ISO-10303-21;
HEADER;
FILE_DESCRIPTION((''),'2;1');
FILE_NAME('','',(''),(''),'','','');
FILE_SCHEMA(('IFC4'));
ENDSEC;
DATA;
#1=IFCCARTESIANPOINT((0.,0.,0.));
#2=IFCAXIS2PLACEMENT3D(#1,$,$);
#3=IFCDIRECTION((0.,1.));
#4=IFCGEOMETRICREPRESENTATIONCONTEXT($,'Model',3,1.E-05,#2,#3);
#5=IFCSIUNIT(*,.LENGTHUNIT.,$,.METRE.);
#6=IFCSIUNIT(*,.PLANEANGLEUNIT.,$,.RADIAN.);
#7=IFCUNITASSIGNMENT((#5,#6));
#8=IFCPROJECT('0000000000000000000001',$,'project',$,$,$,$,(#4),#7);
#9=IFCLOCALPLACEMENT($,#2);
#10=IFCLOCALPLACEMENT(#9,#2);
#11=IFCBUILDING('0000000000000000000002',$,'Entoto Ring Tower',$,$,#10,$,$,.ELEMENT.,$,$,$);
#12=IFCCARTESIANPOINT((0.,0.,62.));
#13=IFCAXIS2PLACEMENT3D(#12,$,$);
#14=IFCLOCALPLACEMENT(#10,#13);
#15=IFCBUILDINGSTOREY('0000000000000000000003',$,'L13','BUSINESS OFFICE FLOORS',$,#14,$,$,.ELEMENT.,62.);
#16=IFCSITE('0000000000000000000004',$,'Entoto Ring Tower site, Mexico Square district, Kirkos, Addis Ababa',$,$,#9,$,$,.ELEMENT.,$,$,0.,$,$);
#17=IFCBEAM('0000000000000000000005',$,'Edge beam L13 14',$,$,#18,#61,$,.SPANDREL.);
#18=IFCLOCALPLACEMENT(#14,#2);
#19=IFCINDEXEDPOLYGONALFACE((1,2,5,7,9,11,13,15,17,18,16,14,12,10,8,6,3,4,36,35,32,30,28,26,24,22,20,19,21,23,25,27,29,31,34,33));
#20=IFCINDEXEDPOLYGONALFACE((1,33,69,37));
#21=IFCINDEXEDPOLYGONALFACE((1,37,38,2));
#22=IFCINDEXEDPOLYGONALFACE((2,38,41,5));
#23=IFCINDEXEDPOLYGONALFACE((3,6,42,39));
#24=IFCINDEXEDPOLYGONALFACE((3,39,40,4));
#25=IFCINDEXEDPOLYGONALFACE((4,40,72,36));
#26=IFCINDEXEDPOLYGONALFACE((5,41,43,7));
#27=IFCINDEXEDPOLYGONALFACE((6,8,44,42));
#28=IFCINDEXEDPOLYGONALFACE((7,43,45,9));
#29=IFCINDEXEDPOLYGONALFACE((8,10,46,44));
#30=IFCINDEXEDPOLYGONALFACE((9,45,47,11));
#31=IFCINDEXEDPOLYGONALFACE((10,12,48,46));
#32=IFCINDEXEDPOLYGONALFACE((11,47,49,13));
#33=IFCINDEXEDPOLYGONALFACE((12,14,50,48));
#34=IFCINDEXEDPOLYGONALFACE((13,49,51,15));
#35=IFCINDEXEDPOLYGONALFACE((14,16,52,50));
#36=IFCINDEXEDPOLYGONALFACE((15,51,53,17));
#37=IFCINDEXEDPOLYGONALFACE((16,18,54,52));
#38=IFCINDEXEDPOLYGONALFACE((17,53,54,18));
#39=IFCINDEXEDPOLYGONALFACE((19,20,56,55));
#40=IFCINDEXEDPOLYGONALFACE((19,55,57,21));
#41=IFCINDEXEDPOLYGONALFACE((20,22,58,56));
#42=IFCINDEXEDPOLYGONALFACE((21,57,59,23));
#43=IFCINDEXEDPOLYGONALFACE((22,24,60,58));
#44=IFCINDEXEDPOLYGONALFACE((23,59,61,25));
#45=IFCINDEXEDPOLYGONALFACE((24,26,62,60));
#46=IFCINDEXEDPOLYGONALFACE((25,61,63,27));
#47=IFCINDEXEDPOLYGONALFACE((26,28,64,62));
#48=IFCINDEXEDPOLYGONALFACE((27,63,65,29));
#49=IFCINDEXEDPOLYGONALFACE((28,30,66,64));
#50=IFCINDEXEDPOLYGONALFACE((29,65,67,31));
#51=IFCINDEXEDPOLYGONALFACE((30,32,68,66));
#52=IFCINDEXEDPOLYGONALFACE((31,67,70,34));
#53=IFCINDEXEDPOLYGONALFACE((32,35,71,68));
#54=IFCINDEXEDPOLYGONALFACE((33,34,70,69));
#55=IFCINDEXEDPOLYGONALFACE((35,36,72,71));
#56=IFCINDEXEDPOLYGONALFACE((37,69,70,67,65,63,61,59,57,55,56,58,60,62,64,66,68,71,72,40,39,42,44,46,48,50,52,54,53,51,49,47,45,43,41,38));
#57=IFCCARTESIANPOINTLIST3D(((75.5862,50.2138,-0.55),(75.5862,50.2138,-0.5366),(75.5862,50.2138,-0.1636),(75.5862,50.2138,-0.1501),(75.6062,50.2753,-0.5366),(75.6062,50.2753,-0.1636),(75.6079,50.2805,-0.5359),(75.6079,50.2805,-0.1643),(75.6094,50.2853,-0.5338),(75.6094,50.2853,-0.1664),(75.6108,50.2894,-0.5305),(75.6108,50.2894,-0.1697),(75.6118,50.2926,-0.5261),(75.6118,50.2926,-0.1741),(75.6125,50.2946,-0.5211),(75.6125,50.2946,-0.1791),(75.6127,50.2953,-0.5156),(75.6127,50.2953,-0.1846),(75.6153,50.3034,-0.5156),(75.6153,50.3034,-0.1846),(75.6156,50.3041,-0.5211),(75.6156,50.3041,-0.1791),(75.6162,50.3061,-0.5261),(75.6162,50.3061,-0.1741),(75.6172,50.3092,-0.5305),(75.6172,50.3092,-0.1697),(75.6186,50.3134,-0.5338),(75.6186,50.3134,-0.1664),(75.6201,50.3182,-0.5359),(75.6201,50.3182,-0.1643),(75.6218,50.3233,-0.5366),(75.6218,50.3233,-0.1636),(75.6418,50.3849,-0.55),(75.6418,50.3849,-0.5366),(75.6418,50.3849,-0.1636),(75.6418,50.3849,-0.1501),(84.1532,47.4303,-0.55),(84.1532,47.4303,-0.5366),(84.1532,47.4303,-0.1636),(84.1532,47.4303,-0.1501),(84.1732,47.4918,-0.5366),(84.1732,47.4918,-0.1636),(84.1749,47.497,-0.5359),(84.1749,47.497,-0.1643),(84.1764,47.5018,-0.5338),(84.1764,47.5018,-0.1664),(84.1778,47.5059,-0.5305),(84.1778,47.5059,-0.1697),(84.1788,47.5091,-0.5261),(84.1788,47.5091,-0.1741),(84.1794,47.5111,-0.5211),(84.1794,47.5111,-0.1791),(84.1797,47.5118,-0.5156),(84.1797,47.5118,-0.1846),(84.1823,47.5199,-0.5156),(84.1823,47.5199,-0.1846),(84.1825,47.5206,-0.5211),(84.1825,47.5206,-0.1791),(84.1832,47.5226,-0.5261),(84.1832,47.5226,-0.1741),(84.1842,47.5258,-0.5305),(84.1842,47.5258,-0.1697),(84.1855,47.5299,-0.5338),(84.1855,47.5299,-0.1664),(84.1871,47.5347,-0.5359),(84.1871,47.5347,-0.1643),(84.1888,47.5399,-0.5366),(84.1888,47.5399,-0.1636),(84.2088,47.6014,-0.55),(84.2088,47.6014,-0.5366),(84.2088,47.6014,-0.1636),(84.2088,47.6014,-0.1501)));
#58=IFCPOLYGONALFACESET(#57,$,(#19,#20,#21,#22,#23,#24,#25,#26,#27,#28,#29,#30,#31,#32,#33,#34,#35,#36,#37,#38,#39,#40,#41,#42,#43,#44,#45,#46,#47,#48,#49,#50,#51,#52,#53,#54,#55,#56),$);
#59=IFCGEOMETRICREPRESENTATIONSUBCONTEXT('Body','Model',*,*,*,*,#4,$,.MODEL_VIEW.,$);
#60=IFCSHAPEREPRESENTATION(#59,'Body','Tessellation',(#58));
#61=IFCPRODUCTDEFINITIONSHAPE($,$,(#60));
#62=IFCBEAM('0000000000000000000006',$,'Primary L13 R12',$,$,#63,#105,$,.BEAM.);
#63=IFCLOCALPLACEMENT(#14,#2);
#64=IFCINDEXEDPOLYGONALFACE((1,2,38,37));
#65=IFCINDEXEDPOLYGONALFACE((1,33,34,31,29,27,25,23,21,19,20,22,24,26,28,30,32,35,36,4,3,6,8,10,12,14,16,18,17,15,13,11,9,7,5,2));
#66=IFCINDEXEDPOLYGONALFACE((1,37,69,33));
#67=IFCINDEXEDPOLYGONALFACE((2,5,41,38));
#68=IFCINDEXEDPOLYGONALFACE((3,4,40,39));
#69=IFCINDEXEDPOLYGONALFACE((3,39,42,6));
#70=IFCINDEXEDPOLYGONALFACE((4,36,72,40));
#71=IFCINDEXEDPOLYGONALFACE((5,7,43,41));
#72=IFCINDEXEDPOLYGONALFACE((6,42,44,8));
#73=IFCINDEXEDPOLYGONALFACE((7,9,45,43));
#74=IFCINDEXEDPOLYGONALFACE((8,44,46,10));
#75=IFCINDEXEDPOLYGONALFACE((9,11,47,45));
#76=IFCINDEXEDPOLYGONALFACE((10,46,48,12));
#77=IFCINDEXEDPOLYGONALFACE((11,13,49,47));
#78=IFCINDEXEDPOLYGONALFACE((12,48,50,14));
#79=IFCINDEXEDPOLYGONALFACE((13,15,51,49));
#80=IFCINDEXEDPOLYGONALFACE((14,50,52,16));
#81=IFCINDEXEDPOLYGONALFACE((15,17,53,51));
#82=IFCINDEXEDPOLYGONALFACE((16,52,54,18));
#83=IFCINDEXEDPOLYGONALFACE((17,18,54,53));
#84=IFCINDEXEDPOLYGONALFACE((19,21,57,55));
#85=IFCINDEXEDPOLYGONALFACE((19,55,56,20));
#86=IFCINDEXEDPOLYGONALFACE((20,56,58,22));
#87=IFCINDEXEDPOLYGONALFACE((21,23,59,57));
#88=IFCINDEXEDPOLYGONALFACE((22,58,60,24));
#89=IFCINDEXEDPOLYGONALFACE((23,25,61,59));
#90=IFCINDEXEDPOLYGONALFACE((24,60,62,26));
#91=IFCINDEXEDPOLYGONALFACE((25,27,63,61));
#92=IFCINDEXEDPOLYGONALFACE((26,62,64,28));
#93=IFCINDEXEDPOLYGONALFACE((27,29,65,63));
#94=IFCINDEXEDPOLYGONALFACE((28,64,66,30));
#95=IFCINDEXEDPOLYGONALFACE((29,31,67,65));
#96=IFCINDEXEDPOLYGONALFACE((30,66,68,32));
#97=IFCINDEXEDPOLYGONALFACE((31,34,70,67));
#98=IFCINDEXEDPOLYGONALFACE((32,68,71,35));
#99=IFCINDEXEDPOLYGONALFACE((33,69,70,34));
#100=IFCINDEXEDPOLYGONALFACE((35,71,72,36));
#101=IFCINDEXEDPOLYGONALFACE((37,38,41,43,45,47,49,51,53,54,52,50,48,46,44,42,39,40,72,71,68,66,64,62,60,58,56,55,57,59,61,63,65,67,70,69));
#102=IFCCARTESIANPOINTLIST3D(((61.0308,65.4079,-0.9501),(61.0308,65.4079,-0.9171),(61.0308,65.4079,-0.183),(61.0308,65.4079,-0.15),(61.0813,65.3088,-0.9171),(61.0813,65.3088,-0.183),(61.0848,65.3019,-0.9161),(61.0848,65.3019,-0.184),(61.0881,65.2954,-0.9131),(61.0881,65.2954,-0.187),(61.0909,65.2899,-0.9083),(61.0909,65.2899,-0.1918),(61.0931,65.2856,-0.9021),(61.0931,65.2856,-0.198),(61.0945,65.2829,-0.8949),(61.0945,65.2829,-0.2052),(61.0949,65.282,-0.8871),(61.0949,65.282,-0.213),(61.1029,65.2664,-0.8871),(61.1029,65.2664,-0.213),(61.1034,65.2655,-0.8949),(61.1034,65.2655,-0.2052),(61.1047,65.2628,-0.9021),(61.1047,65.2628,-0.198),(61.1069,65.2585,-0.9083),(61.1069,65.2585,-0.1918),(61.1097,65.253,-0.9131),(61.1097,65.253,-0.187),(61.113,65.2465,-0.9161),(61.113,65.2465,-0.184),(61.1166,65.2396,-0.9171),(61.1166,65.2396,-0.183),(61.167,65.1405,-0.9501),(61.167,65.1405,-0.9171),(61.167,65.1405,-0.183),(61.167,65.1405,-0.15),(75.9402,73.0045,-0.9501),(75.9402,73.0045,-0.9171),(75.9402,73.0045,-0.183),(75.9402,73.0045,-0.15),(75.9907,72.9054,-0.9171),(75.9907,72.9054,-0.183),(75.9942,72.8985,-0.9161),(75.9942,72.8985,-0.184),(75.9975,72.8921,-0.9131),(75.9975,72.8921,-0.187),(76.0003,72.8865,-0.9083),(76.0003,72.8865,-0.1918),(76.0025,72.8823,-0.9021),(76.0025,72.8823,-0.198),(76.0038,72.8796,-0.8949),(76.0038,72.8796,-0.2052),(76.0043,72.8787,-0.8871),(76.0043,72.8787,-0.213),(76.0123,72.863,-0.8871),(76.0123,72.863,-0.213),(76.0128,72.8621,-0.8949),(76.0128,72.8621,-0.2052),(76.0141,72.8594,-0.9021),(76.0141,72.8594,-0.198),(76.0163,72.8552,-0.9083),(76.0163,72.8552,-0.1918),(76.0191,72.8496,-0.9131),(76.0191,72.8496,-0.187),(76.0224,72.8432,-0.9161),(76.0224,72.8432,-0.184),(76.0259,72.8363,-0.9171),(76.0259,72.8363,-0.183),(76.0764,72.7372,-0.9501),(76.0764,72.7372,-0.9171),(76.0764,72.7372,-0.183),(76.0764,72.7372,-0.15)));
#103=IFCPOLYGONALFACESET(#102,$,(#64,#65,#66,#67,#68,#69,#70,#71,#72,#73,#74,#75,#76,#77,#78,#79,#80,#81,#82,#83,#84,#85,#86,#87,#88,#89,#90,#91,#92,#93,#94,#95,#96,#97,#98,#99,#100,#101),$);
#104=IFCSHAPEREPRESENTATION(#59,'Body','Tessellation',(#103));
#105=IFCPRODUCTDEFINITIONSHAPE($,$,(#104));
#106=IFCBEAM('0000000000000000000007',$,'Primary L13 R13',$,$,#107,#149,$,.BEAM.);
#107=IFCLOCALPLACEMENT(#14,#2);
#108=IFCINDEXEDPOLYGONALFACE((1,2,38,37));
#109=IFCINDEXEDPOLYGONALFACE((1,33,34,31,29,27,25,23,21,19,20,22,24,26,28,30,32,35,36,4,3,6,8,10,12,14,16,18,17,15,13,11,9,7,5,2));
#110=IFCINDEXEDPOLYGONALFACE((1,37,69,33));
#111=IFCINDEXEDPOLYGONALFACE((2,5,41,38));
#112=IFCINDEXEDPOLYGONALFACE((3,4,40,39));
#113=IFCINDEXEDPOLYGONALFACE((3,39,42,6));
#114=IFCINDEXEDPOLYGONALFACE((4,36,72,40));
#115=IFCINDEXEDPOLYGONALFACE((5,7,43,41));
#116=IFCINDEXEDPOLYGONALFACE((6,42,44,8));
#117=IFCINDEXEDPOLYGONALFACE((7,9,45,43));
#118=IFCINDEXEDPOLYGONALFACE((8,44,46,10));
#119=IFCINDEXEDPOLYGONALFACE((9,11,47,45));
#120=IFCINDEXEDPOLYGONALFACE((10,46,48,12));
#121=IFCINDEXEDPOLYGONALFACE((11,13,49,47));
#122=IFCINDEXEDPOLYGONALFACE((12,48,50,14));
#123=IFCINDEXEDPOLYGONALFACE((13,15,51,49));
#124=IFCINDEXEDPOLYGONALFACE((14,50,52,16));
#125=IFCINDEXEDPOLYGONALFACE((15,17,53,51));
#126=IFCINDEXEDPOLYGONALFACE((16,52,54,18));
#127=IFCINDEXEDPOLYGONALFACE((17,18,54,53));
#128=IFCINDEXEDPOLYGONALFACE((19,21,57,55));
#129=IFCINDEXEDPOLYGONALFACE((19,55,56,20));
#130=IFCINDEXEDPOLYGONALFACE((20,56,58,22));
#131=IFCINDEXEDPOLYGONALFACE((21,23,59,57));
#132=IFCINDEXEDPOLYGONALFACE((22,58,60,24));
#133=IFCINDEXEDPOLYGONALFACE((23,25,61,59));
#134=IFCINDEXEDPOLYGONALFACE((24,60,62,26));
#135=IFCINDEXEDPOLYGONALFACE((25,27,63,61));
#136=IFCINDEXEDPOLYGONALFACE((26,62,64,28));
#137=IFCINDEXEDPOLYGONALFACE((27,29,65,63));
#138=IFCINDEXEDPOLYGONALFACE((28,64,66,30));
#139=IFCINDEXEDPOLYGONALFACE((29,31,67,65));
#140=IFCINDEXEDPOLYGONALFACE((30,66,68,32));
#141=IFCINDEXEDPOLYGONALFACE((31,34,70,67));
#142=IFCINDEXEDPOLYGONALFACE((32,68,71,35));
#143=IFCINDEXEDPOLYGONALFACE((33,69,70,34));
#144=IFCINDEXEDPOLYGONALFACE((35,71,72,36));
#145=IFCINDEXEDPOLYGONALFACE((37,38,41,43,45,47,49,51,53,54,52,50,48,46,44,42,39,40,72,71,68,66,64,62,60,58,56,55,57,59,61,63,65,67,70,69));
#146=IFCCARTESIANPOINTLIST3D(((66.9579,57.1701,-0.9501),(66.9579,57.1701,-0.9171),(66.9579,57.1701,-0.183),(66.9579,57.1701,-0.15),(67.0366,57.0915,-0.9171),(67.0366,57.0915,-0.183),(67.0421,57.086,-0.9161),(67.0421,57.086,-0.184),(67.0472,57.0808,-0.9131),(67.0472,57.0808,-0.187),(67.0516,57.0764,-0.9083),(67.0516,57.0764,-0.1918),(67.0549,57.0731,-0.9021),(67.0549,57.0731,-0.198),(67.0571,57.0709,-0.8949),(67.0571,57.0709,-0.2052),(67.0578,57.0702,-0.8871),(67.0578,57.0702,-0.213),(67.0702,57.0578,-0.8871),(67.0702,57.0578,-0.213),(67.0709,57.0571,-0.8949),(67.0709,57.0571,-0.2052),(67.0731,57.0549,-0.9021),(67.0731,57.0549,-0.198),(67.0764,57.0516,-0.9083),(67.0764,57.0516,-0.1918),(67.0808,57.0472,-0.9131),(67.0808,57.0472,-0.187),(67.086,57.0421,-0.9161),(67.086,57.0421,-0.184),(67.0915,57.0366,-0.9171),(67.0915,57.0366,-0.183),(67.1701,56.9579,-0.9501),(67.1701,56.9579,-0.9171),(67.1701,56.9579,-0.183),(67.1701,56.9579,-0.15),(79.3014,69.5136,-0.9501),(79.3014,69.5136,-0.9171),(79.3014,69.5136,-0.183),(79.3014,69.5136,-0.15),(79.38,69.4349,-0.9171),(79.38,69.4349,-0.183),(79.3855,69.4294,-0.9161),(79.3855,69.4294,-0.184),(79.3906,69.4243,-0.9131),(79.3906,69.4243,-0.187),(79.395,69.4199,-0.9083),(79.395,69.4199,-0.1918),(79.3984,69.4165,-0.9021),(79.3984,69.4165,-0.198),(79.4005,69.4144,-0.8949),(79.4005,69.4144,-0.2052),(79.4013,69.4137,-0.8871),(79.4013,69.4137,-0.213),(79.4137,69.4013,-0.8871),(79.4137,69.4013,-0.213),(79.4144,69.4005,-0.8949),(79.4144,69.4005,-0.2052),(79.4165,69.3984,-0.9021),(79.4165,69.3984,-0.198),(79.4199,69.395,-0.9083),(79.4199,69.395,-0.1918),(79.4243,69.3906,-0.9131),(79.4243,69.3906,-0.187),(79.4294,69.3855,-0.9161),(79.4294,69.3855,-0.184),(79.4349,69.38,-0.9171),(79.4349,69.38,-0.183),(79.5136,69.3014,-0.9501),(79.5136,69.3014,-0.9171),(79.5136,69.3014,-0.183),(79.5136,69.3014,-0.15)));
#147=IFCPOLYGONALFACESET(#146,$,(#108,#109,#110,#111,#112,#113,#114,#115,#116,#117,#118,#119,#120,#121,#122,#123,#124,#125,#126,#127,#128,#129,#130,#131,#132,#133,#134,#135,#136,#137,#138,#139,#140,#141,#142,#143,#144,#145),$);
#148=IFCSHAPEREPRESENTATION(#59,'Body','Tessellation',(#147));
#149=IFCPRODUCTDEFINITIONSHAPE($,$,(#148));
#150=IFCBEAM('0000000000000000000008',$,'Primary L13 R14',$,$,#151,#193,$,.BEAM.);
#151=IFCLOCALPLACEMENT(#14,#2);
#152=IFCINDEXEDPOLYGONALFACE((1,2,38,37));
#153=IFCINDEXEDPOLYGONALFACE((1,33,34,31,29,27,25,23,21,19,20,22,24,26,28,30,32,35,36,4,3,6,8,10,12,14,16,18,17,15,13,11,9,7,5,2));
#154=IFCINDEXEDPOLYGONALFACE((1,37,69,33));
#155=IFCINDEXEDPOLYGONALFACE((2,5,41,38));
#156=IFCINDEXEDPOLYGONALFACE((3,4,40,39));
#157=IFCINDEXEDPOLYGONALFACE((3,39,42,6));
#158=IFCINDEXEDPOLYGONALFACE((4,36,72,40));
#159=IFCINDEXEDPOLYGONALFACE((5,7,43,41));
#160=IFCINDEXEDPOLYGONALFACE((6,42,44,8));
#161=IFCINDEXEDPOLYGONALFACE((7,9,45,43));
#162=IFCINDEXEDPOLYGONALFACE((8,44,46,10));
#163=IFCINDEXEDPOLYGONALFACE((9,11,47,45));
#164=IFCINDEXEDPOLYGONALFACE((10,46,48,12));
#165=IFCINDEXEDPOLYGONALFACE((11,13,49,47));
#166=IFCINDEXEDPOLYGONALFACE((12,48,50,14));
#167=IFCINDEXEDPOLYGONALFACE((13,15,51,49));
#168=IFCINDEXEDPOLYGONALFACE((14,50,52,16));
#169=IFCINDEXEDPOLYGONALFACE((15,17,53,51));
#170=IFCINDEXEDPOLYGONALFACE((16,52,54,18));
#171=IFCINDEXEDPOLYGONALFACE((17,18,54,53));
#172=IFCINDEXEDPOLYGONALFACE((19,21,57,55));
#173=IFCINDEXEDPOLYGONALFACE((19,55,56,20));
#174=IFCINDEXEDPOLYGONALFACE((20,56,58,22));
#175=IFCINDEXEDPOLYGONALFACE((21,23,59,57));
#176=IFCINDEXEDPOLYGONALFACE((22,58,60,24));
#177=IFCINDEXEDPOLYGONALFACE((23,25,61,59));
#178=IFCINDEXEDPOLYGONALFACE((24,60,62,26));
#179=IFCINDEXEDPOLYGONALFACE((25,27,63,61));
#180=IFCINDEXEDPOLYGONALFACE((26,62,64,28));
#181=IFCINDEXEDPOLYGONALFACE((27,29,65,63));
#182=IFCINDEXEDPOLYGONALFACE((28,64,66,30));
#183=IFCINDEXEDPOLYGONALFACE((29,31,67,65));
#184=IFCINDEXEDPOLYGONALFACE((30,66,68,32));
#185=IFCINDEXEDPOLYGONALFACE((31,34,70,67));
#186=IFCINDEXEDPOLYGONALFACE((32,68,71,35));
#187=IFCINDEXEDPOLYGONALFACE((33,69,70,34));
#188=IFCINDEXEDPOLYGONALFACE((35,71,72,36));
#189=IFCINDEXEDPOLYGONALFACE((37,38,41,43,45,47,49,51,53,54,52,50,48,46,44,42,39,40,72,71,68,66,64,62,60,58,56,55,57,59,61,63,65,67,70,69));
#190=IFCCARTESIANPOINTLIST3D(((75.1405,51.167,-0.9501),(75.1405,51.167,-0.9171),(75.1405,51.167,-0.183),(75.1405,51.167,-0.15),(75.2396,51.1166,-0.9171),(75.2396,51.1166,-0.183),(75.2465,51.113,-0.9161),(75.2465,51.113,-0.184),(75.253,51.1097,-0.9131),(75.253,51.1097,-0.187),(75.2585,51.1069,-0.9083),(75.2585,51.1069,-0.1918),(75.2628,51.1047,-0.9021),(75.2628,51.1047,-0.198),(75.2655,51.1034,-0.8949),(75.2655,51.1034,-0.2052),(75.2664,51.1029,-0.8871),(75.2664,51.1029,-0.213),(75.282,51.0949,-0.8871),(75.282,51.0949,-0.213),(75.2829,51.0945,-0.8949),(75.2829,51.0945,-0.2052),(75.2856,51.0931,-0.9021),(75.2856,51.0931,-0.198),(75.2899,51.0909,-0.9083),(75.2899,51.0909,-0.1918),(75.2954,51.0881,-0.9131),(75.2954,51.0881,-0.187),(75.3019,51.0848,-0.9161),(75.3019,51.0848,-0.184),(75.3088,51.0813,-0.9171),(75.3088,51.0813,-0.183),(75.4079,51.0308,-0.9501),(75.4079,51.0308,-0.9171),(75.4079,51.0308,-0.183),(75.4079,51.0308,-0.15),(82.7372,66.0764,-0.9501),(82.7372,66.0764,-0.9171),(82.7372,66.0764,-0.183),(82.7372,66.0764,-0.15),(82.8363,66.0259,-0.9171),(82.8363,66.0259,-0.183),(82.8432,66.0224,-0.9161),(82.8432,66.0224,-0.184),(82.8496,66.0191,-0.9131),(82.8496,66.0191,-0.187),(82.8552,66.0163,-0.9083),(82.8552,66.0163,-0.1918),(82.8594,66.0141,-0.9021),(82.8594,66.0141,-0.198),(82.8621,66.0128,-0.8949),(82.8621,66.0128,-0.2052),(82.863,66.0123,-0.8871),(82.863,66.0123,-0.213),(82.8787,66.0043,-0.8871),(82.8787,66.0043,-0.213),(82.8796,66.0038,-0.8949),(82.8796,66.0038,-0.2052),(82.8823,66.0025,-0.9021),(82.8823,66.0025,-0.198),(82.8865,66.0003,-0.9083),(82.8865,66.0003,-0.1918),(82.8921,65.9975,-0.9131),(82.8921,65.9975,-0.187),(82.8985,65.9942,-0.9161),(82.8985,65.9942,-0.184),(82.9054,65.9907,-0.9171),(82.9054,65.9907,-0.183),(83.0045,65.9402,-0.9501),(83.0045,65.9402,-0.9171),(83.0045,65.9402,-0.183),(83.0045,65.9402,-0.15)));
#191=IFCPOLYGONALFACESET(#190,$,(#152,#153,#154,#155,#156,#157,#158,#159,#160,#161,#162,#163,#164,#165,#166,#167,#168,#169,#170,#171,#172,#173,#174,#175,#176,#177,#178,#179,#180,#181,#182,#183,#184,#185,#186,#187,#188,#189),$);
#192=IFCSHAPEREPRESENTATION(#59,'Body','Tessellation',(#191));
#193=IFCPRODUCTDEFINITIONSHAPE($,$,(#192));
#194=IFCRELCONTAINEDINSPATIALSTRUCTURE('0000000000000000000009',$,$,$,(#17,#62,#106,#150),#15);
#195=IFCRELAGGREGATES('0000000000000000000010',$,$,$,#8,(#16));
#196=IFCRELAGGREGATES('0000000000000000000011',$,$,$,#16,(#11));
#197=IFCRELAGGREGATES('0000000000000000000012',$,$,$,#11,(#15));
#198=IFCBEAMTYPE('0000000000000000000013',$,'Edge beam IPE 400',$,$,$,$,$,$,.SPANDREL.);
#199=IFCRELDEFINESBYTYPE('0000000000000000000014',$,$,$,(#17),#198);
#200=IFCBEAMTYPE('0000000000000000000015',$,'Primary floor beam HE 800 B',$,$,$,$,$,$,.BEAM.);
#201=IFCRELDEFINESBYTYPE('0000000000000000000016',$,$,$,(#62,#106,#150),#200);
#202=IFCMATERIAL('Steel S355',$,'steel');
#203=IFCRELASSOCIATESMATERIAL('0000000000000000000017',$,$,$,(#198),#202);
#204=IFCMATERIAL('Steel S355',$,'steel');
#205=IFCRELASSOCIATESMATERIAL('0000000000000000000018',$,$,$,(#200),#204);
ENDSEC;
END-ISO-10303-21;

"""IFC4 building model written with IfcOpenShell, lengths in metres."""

from ifc_helpers import new_model, si_unit, direction, frame, origin, origin_2d, place, context, subcontext, project, spatial, i_section, extrude, material, material_profile, profile_set, type_object, element, save


model = new_model("IFC4")

# Units and contexts
model_context = context("Model", 3, precision=1e-05, world=origin(), true_north=direction((0.0, 1.0)))
body_context = subcontext(model_context, "Body", "Model", "MODEL_VIEW")
ifc_project = project(units=[si_unit("LENGTHUNIT", "METRE"), si_unit("PLANEANGLEUNIT", "RADIAN")], contexts=[model_context])

# Site, building, storey
site_placement = place(None, origin())
site = spatial("IfcSite", under=ifc_project, at=site_placement, Name="Entoto Ring Tower site, Mexico Square district, Kirkos, Addis Ababa", CompositionType="ELEMENT", RefElevation=0.0)
building_placement = place(site_placement, origin())
building = spatial("IfcBuilding", under=site, at=building_placement, Name="Entoto Ring Tower", CompositionType="ELEMENT")
storey_placement = place(building_placement, frame((0.0, 0.0, 62.0)))
storey = spatial("IfcBuildingStorey", under=building, at=storey_placement, Name="L13", Description="BUSINESS OFFICE FLOORS", CompositionType="ELEMENT", Elevation=62.0)

# Beams
ifc_material_1 = material(Name="Steel S355", Category="steel")
ifc_material_profile_1 = material_profile(ifc_material_1, i_section(OverallWidth=0.1799, OverallDepth=0.3999, WebThickness=0.0085, FlangeThickness=0.0134, FilletRadius=0.021, at=origin_2d()), Name="IPE 400")
ifc_profile_set_1 = profile_set([ifc_material_profile_1], Name="Steel S355")
beam_type_1 = type_object("IfcBeamType", Name="Edge beam IPE 400", PredefinedType="SPANDREL", material=ifc_profile_set_1)
for number, where, z_axis, x_axis, name in (
    (1, (75.614, 50.2993, -0.3501), (0.95106, -0.309006, 0.0), (0.309006, 0.95106, 0.0), "Edge beam L13 14"),
):
    element("IfcBeam", number, at=place(storey_placement, frame(where, z_axis=z_axis, x_axis=x_axis)), inside=storey, type_object=beam_type_1, Name=name, PredefinedType="SPANDREL", context=body_context, shape_type="SweptSolid", body=[
        extrude(i_section(OverallWidth=0.1799, OverallDepth=0.3999, WebThickness=0.0085, FlangeThickness=0.0134, FilletRadius=0.021, at=origin_2d()), origin(), (0.0, 0.0, 1.0), 9.0078),
    ])
ifc_material_2 = material(Name="Steel S355", Category="steel")
ifc_material_profile_2 = material_profile(ifc_material_2, i_section(OverallWidth=0.3, OverallDepth=0.8, WebThickness=0.0176, FlangeThickness=0.033, FilletRadius=0.03, at=origin_2d()), Name="HE 800 B")
ifc_profile_set_2 = profile_set([ifc_material_profile_2], Name="Steel S355")
beam_type_2 = type_object("IfcBeamType", Name="Primary floor beam HE 800 B", PredefinedType="BEAM", material=ifc_profile_set_2)
beam_1_placement = place(storey_placement, frame((76.0083, 72.8708, -0.55), z_axis=(-0.891008, -0.453988, 0.0), x_axis=(0.453988, -0.891008, 0.0)))
element("IfcBeam", 2, at=beam_1_placement, inside=storey, type_object=beam_type_2, Name="Primary L13 R12", PredefinedType="BEAM", context=body_context, shape_type="SweptSolid", body=[
    extrude(i_section(OverallWidth=0.3, OverallDepth=0.8, WebThickness=0.0176, FlangeThickness=0.033, FilletRadius=0.03, at=origin_2d()), origin(), (0.0, 0.0, 1.0), 16.7332),
])
beam_2_placement = place(storey_placement, frame((79.4075, 69.4075, -0.55), z_axis=(-0.707107, -0.707107, 0.0), x_axis=(0.707107, -0.707107, 0.0)))
element("IfcBeam", 3, at=beam_2_placement, inside=storey, type_object=beam_type_2, Name="Primary L13 R13", PredefinedType="BEAM", context=body_context, shape_type="SweptSolid", body=[
    extrude(i_section(OverallWidth=0.3, OverallDepth=0.8, WebThickness=0.0176, FlangeThickness=0.033, FilletRadius=0.03, at=origin_2d()), origin(), (0.0, 0.0, 1.0), 17.4563),
])
beam_3_placement = place(storey_placement, frame((82.8708, 66.0083, -0.55), z_axis=(-0.453988, -0.891008, 0.0), x_axis=(0.891008, -0.453988, 0.0)))
element("IfcBeam", 4, at=beam_3_placement, inside=storey, type_object=beam_type_2, Name="Primary L13 R14", PredefinedType="BEAM", context=body_context, shape_type="SweptSolid", body=[
    extrude(i_section(OverallWidth=0.3, OverallDepth=0.8, WebThickness=0.0176, FlangeThickness=0.033, FilletRadius=0.03, at=origin_2d()), origin(), (0.0, 0.0, 1.0), 16.7332),
])

save(model, "model.ifc")
